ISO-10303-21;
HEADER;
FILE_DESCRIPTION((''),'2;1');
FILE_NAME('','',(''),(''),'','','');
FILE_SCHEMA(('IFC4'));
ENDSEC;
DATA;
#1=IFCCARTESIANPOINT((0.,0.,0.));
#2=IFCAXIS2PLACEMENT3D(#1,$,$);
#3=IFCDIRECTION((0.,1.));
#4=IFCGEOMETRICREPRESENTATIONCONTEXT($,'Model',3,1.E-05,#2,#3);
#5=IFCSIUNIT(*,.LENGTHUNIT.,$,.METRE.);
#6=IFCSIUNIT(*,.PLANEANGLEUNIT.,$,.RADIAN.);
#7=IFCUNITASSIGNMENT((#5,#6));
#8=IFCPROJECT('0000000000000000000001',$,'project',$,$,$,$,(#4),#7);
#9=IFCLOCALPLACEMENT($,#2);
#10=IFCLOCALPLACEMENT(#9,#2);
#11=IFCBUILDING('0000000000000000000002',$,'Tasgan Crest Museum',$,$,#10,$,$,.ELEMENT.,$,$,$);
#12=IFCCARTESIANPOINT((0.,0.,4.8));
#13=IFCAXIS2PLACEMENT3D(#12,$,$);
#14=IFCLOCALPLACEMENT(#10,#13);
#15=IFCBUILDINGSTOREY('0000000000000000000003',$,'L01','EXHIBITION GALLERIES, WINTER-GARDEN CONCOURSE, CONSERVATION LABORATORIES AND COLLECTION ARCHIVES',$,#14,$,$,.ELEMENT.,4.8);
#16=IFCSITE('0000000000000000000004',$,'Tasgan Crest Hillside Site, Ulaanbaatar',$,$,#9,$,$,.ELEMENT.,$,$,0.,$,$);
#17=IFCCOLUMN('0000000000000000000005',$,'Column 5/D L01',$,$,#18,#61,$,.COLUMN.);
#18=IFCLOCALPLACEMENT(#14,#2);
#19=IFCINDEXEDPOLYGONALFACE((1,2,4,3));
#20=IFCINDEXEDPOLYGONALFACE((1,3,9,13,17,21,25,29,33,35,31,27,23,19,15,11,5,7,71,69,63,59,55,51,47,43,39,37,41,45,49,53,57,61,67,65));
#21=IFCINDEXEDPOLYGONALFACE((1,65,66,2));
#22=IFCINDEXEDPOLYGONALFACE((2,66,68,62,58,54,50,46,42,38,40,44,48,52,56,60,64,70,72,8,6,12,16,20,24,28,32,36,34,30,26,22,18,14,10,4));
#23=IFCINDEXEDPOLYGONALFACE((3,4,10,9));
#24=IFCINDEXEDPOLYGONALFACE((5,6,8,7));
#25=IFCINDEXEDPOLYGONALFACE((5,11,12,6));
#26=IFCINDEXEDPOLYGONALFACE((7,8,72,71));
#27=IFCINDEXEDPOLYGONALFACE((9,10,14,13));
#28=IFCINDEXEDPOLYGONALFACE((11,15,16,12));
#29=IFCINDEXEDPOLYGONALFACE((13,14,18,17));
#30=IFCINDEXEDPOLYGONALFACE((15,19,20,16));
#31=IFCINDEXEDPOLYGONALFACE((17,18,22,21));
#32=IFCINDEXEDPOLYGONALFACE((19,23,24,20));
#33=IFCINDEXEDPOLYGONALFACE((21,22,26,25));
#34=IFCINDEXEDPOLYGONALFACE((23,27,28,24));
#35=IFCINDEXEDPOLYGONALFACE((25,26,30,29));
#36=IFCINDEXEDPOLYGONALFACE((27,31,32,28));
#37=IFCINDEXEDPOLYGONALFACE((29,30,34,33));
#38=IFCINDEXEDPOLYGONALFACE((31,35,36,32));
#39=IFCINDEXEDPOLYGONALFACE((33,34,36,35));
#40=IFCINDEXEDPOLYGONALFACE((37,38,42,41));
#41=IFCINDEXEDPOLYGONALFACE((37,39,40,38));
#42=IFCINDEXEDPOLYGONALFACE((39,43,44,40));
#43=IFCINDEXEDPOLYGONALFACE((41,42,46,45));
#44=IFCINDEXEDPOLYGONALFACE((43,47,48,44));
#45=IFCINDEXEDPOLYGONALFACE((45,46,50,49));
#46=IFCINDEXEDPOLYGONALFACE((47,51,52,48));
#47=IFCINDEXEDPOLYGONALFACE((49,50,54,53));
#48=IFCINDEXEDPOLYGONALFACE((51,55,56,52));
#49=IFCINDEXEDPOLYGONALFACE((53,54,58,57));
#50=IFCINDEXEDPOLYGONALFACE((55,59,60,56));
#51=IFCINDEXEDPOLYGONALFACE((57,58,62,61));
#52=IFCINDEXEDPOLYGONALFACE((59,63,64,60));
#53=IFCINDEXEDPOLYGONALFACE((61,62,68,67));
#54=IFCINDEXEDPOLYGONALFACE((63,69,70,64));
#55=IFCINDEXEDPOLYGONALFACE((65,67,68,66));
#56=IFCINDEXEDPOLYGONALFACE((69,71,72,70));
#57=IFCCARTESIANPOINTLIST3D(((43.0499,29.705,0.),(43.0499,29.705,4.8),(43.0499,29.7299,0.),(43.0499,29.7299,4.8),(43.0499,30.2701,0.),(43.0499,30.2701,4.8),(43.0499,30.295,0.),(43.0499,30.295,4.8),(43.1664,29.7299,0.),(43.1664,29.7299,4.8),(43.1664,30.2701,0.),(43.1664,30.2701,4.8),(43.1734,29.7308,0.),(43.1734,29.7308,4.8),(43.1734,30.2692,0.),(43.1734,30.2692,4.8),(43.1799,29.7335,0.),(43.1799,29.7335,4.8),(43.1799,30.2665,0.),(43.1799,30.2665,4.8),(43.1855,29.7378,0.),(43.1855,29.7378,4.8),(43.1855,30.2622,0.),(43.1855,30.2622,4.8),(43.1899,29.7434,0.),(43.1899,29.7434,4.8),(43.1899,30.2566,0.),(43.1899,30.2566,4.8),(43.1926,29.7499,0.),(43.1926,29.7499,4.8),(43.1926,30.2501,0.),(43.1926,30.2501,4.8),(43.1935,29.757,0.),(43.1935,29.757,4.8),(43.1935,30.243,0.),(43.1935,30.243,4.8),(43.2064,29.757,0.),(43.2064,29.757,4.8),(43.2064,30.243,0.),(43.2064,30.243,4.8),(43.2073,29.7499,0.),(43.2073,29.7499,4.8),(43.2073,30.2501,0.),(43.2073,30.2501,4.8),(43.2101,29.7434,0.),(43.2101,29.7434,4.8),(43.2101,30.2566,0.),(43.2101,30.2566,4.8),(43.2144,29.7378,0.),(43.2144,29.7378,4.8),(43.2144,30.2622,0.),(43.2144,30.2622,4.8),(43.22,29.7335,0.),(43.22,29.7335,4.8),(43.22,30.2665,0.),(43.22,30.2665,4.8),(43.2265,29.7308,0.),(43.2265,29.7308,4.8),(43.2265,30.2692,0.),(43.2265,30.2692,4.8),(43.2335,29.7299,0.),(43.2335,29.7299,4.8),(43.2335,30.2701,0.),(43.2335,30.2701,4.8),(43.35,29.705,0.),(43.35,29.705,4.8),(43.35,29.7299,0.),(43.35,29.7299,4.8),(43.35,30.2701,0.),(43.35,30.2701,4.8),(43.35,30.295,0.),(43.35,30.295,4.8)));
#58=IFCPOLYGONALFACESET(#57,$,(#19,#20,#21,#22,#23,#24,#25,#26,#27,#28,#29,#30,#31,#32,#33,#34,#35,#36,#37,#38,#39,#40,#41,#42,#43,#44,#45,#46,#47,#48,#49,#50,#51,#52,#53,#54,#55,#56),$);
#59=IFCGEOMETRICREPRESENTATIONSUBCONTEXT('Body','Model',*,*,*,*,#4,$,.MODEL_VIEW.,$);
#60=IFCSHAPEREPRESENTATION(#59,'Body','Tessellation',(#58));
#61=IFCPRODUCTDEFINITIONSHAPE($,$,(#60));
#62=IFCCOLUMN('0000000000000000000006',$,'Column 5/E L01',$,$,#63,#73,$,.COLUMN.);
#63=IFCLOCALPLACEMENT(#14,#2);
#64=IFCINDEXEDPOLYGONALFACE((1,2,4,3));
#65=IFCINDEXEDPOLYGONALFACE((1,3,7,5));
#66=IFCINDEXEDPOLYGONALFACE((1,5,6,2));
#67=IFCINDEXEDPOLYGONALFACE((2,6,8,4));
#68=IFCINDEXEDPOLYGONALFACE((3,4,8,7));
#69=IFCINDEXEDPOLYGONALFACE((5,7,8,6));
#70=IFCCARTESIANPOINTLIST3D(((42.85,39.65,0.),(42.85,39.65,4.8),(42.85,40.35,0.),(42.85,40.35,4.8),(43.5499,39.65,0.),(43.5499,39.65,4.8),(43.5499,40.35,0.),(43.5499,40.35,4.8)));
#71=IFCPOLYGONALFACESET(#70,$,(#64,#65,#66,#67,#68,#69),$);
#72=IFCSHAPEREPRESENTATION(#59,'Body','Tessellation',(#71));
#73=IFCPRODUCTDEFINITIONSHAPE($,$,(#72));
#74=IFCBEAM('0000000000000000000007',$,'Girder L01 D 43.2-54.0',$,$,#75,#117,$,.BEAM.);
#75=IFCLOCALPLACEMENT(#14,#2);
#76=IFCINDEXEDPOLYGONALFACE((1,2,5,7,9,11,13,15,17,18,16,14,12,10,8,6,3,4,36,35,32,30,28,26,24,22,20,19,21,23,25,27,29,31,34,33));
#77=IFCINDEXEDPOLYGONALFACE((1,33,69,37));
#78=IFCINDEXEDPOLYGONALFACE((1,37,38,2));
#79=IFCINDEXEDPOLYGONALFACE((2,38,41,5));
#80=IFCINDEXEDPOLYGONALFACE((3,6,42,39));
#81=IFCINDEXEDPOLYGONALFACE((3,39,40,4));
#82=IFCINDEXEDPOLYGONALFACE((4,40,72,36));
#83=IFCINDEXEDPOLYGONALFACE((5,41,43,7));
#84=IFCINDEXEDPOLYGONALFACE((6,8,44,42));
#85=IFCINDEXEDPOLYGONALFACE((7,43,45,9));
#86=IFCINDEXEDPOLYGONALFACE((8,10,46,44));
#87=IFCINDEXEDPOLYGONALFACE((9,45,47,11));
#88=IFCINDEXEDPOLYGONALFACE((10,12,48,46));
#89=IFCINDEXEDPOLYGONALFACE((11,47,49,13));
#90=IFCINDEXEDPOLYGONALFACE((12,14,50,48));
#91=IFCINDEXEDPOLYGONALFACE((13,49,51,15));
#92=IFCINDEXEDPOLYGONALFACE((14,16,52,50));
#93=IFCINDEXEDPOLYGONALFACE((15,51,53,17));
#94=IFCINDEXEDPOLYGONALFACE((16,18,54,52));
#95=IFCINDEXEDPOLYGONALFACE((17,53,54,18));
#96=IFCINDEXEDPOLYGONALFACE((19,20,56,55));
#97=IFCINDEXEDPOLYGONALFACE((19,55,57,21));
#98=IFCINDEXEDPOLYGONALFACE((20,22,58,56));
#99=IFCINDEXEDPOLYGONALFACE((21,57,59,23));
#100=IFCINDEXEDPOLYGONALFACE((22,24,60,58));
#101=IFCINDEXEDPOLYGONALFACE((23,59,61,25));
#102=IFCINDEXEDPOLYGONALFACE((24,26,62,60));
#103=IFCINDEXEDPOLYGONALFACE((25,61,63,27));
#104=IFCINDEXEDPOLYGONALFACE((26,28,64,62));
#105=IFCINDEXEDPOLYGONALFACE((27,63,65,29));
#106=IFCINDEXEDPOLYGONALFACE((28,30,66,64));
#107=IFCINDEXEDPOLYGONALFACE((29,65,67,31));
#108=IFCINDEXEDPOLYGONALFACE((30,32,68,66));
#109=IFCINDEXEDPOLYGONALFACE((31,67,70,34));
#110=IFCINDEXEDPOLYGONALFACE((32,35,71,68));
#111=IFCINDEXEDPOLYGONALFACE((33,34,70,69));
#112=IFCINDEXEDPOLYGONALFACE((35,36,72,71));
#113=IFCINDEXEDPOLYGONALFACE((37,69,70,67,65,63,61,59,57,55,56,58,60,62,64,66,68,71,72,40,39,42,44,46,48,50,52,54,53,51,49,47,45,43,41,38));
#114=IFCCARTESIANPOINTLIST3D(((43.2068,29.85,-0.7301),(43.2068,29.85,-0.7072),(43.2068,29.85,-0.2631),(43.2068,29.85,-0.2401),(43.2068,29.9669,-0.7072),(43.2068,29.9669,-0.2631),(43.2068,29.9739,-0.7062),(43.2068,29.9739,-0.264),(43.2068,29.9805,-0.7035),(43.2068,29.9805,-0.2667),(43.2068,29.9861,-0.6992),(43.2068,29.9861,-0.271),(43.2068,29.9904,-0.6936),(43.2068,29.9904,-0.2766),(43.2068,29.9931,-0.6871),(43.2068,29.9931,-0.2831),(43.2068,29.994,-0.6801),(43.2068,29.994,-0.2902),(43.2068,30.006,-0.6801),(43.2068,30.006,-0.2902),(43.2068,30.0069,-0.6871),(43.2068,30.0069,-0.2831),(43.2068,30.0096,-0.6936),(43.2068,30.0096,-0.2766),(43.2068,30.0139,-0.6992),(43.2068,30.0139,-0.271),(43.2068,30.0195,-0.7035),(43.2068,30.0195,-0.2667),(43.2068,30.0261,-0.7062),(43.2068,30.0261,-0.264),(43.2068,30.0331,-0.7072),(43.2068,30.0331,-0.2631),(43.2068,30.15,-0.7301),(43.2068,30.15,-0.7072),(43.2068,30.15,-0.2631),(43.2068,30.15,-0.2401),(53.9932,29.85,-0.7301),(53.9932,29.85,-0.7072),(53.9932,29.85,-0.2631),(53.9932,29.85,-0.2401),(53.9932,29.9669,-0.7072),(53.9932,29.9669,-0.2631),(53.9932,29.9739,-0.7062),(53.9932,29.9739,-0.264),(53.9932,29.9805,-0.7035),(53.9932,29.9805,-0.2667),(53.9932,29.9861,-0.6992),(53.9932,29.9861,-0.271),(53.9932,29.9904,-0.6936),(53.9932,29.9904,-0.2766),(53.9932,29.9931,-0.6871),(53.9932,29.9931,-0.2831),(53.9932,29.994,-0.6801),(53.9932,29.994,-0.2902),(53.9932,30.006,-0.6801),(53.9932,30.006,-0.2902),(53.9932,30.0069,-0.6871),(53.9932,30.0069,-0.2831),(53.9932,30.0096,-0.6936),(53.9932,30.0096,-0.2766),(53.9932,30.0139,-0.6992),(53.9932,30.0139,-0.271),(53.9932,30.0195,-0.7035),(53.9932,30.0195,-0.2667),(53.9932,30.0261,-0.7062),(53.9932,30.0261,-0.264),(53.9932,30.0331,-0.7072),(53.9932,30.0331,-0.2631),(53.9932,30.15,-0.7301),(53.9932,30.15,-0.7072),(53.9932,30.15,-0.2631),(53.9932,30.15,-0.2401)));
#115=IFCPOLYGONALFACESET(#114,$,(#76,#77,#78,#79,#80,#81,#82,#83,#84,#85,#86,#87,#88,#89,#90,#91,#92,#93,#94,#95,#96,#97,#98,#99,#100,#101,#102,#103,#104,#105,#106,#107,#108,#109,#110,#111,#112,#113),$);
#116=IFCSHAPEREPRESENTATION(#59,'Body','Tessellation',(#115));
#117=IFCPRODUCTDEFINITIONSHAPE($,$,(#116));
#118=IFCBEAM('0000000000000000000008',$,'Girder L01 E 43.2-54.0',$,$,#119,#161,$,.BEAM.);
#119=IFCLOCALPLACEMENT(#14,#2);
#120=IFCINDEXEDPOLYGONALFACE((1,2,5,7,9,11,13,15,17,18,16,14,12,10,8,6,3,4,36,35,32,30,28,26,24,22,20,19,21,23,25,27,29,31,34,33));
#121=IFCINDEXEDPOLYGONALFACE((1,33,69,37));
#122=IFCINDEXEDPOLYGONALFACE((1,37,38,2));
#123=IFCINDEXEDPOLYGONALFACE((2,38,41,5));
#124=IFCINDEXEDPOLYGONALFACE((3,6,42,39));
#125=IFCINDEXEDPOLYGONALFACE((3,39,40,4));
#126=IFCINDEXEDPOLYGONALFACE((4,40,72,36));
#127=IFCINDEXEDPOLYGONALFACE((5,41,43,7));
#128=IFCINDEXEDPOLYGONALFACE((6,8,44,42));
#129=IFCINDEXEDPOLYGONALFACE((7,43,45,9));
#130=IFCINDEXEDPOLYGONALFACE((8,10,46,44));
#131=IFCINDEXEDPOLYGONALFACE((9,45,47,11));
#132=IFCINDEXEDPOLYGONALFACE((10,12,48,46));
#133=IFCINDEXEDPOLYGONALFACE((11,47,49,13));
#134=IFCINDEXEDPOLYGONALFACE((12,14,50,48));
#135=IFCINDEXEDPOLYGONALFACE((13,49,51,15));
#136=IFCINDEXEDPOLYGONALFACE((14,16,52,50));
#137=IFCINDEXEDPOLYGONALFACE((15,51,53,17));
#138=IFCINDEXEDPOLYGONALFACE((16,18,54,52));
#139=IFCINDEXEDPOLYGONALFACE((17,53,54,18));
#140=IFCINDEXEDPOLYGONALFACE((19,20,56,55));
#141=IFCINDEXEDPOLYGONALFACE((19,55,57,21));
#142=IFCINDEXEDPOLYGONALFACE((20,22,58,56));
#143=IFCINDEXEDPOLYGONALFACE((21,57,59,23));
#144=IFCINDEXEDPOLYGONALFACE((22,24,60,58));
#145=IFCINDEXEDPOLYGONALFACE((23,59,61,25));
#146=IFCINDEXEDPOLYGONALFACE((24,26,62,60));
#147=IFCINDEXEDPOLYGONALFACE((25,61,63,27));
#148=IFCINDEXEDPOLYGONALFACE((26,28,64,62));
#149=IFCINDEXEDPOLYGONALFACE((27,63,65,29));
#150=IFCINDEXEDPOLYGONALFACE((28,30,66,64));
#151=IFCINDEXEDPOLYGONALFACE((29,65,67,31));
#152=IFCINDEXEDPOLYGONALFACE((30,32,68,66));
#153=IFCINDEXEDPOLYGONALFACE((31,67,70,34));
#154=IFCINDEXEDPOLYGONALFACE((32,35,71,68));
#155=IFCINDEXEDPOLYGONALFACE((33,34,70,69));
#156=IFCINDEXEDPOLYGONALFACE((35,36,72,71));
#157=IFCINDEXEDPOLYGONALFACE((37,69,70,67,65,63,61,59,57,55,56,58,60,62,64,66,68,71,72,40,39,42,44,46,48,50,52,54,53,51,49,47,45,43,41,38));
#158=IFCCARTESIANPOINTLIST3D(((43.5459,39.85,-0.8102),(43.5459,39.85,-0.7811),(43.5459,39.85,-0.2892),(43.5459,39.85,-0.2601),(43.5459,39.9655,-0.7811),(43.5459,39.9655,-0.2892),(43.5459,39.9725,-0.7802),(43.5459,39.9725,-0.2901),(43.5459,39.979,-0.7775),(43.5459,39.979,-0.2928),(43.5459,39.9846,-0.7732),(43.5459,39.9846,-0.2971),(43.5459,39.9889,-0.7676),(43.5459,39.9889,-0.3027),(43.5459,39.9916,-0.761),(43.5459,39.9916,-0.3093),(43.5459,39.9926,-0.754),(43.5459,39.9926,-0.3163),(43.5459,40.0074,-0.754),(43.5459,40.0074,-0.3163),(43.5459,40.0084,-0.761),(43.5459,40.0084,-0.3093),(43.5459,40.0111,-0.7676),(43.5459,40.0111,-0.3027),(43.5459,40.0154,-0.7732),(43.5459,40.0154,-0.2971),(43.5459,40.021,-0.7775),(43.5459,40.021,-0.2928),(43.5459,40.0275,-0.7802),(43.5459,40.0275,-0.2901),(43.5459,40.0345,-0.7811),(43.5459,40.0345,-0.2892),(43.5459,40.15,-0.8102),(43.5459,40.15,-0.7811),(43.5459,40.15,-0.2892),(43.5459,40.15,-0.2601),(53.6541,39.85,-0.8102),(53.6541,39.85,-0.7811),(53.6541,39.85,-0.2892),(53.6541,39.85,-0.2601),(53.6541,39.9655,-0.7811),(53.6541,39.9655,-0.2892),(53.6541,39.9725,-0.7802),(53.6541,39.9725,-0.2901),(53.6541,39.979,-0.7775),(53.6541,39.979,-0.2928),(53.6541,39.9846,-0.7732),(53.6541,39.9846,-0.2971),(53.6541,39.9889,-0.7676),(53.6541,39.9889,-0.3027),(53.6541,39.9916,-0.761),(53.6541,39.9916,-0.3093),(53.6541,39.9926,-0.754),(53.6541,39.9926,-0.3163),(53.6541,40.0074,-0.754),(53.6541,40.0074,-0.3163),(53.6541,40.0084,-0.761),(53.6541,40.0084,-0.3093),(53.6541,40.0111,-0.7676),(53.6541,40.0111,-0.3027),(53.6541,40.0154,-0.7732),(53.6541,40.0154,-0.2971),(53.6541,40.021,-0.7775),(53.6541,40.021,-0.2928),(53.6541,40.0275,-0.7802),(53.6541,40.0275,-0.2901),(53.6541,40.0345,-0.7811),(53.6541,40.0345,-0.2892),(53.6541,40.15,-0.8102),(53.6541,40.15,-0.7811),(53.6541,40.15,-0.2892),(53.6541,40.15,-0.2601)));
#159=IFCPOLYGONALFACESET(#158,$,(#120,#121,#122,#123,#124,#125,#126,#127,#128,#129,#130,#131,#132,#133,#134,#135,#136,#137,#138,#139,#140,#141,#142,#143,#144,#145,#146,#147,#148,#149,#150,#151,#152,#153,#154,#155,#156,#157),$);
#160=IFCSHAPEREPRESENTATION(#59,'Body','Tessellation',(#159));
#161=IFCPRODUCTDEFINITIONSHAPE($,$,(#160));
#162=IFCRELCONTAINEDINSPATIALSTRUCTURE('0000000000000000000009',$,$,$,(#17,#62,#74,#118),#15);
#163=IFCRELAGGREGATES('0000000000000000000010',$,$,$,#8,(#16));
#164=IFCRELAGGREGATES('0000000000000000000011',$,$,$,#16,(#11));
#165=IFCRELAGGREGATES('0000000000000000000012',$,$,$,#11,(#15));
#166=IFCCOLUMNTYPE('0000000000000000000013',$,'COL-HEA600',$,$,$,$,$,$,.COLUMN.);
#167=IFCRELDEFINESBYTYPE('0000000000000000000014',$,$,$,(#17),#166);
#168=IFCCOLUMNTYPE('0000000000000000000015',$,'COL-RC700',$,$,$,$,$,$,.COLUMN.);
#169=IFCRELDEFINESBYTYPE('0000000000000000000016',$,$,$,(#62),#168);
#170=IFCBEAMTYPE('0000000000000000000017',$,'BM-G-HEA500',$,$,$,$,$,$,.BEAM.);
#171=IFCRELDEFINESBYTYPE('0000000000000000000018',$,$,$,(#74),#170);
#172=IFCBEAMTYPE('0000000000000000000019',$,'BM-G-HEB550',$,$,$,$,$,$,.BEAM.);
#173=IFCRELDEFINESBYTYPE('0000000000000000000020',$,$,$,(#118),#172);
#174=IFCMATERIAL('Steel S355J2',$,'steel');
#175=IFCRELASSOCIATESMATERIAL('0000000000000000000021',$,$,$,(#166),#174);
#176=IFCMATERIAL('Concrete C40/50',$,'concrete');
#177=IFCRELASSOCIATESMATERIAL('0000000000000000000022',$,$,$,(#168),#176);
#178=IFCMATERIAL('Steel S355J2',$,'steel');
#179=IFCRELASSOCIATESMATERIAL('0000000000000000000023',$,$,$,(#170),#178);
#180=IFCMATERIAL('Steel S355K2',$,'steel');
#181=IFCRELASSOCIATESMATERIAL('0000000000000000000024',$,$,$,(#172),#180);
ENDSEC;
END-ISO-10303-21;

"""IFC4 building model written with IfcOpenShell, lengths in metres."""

from ifc_helpers import new_model, si_unit, direction, frame, origin, origin_2d, place, context, subcontext, project, spatial, rectangle, i_section, extrude, material, material_profile, profile_set, type_object, element, save


model = new_model("IFC4")

# Units and contexts
model_context = context("Model", 3, precision=1e-05, world=origin(), true_north=direction((0.0, 1.0)))
body_context = subcontext(model_context, "Body", "Model", "MODEL_VIEW")
ifc_project = project(units=[si_unit("LENGTHUNIT", "METRE"), si_unit("PLANEANGLEUNIT", "RADIAN")], contexts=[model_context])

# Site, building, storey
site_placement = place(None, origin())
site = spatial("IfcSite", under=ifc_project, at=site_placement, Name="Tasgan Crest Hillside Site, Ulaanbaatar", CompositionType="ELEMENT", RefElevation=0.0)
building_placement = place(site_placement, origin())
building = spatial("IfcBuilding", under=site, at=building_placement, Name="Tasgan Crest Museum", CompositionType="ELEMENT")
storey_placement = place(building_placement, frame((0.0, 0.0, 4.8)))
storey = spatial("IfcBuildingStorey", under=building, at=storey_placement, Name="L01", Description="EXHIBITION GALLERIES, WINTER-GARDEN CONCOURSE, CONSERVATION LABORATORIES AND COLLECTION ARCHIVES", CompositionType="ELEMENT", Elevation=4.8)

# Columns
ifc_material_1 = material(Name="Steel S355J2", Category="steel")
ifc_material_profile_1 = material_profile(ifc_material_1, i_section(OverallWidth=0.3, OverallDepth=0.5901, WebThickness=0.0129, FlangeThickness=0.0249, FilletRadius=0.0271, at=origin_2d()), Name="HEA 600")
ifc_profile_set_1 = profile_set([ifc_material_profile_1], Name="Steel S355J2")
column_type_1 = type_object("IfcColumnType", Name="COL-HEA600", PredefinedType="COLUMN", material=ifc_profile_set_1)
column_1_placement = place(storey_placement, frame((43.2, 30.0, 0.0), z_axis=(0.0, 0.0, 1.0), x_axis=(1.0, 0.0, 0.0)))
element("IfcColumn", 1, at=column_1_placement, inside=storey, type_object=column_type_1, Name="Column 5/D L01", PredefinedType="COLUMN", context=body_context, shape_type="SweptSolid", body=[
    extrude(i_section(OverallWidth=0.3, OverallDepth=0.5901, WebThickness=0.0129, FlangeThickness=0.0249, FilletRadius=0.0271, at=origin_2d()), origin(), (0.0, 0.0, 1.0), 4.8),
])
ifc_material_2 = material(Name="Concrete C40/50", Category="concrete")
ifc_material_profile_2 = material_profile(ifc_material_2, rectangle(XDim=0.7, YDim=0.7, at=origin_2d()), Name="RC 700x700")
ifc_profile_set_2 = profile_set([ifc_material_profile_2], Name="Concrete C40/50")
column_type_2 = type_object("IfcColumnType", Name="COL-RC700", PredefinedType="COLUMN", material=ifc_profile_set_2)
column_2_placement = place(storey_placement, frame((43.2, 40.0, 0.0), z_axis=(0.0, 0.0, 1.0), x_axis=(1.0, 0.0, 0.0)))
element("IfcColumn", 2, at=column_2_placement, inside=storey, type_object=column_type_2, Name="Column 5/E L01", PredefinedType="COLUMN", context=body_context, shape_type="SweptSolid", body=[
    extrude(rectangle(XDim=0.7, YDim=0.7, at=origin_2d()), origin(), (0.0, 0.0, 1.0), 4.8),
])

# Beams
ifc_material_3 = material(Name="Steel S355J2", Category="steel")
ifc_material_profile_3 = material_profile(ifc_material_3, i_section(OverallWidth=0.3, OverallDepth=0.49, WebThickness=0.012, FlangeThickness=0.0229, FilletRadius=0.0271, at=origin_2d()), Name="HEA 500")
ifc_profile_set_3 = profile_set([ifc_material_profile_3], Name="Steel S355J2")
beam_type_1 = type_object("IfcBeamType", Name="BM-G-HEA500", PredefinedType="BEAM", material=ifc_profile_set_3)
beam_1_placement = place(storey_placement, frame((43.2068, 30.0, -0.4851), z_axis=(1.0, 0.0, 0.0), x_axis=(0.0, 1.0, 0.0)))
element("IfcBeam", 3, at=beam_1_placement, inside=storey, type_object=beam_type_1, Name="Girder L01 D 43.2-54.0", PredefinedType="BEAM", context=body_context, shape_type="SweptSolid", body=[
    extrude(i_section(OverallWidth=0.3, OverallDepth=0.49, WebThickness=0.012, FlangeThickness=0.0229, FilletRadius=0.0271, at=origin_2d()), origin(), (0.0, 0.0, 1.0), 10.7864),
])
ifc_material_4 = material(Name="Steel S355K2", Category="steel")
ifc_material_profile_4 = material_profile(ifc_material_4, i_section(OverallWidth=0.3, OverallDepth=0.55, WebThickness=0.0149, FlangeThickness=0.0291, FilletRadius=0.0271, at=origin_2d()), Name="HEB 550")
ifc_profile_set_4 = profile_set([ifc_material_profile_4], Name="Steel S355K2")
beam_type_2 = type_object("IfcBeamType", Name="BM-G-HEB550", PredefinedType="BEAM", material=ifc_profile_set_4)
beam_2_placement = place(storey_placement, frame((43.5459, 40.0, -0.5352), z_axis=(1.0, 0.0, 0.0), x_axis=(0.0, 1.0, 0.0)))
element("IfcBeam", 4, at=beam_2_placement, inside=storey, type_object=beam_type_2, Name="Girder L01 E 43.2-54.0", PredefinedType="BEAM", context=body_context, shape_type="SweptSolid", body=[
    extrude(i_section(OverallWidth=0.3, OverallDepth=0.55, WebThickness=0.0149, FlangeThickness=0.0291, FilletRadius=0.0271, at=origin_2d()), origin(), (0.0, 0.0, 1.0), 10.1082),
])

save(model, "model.ifc")
